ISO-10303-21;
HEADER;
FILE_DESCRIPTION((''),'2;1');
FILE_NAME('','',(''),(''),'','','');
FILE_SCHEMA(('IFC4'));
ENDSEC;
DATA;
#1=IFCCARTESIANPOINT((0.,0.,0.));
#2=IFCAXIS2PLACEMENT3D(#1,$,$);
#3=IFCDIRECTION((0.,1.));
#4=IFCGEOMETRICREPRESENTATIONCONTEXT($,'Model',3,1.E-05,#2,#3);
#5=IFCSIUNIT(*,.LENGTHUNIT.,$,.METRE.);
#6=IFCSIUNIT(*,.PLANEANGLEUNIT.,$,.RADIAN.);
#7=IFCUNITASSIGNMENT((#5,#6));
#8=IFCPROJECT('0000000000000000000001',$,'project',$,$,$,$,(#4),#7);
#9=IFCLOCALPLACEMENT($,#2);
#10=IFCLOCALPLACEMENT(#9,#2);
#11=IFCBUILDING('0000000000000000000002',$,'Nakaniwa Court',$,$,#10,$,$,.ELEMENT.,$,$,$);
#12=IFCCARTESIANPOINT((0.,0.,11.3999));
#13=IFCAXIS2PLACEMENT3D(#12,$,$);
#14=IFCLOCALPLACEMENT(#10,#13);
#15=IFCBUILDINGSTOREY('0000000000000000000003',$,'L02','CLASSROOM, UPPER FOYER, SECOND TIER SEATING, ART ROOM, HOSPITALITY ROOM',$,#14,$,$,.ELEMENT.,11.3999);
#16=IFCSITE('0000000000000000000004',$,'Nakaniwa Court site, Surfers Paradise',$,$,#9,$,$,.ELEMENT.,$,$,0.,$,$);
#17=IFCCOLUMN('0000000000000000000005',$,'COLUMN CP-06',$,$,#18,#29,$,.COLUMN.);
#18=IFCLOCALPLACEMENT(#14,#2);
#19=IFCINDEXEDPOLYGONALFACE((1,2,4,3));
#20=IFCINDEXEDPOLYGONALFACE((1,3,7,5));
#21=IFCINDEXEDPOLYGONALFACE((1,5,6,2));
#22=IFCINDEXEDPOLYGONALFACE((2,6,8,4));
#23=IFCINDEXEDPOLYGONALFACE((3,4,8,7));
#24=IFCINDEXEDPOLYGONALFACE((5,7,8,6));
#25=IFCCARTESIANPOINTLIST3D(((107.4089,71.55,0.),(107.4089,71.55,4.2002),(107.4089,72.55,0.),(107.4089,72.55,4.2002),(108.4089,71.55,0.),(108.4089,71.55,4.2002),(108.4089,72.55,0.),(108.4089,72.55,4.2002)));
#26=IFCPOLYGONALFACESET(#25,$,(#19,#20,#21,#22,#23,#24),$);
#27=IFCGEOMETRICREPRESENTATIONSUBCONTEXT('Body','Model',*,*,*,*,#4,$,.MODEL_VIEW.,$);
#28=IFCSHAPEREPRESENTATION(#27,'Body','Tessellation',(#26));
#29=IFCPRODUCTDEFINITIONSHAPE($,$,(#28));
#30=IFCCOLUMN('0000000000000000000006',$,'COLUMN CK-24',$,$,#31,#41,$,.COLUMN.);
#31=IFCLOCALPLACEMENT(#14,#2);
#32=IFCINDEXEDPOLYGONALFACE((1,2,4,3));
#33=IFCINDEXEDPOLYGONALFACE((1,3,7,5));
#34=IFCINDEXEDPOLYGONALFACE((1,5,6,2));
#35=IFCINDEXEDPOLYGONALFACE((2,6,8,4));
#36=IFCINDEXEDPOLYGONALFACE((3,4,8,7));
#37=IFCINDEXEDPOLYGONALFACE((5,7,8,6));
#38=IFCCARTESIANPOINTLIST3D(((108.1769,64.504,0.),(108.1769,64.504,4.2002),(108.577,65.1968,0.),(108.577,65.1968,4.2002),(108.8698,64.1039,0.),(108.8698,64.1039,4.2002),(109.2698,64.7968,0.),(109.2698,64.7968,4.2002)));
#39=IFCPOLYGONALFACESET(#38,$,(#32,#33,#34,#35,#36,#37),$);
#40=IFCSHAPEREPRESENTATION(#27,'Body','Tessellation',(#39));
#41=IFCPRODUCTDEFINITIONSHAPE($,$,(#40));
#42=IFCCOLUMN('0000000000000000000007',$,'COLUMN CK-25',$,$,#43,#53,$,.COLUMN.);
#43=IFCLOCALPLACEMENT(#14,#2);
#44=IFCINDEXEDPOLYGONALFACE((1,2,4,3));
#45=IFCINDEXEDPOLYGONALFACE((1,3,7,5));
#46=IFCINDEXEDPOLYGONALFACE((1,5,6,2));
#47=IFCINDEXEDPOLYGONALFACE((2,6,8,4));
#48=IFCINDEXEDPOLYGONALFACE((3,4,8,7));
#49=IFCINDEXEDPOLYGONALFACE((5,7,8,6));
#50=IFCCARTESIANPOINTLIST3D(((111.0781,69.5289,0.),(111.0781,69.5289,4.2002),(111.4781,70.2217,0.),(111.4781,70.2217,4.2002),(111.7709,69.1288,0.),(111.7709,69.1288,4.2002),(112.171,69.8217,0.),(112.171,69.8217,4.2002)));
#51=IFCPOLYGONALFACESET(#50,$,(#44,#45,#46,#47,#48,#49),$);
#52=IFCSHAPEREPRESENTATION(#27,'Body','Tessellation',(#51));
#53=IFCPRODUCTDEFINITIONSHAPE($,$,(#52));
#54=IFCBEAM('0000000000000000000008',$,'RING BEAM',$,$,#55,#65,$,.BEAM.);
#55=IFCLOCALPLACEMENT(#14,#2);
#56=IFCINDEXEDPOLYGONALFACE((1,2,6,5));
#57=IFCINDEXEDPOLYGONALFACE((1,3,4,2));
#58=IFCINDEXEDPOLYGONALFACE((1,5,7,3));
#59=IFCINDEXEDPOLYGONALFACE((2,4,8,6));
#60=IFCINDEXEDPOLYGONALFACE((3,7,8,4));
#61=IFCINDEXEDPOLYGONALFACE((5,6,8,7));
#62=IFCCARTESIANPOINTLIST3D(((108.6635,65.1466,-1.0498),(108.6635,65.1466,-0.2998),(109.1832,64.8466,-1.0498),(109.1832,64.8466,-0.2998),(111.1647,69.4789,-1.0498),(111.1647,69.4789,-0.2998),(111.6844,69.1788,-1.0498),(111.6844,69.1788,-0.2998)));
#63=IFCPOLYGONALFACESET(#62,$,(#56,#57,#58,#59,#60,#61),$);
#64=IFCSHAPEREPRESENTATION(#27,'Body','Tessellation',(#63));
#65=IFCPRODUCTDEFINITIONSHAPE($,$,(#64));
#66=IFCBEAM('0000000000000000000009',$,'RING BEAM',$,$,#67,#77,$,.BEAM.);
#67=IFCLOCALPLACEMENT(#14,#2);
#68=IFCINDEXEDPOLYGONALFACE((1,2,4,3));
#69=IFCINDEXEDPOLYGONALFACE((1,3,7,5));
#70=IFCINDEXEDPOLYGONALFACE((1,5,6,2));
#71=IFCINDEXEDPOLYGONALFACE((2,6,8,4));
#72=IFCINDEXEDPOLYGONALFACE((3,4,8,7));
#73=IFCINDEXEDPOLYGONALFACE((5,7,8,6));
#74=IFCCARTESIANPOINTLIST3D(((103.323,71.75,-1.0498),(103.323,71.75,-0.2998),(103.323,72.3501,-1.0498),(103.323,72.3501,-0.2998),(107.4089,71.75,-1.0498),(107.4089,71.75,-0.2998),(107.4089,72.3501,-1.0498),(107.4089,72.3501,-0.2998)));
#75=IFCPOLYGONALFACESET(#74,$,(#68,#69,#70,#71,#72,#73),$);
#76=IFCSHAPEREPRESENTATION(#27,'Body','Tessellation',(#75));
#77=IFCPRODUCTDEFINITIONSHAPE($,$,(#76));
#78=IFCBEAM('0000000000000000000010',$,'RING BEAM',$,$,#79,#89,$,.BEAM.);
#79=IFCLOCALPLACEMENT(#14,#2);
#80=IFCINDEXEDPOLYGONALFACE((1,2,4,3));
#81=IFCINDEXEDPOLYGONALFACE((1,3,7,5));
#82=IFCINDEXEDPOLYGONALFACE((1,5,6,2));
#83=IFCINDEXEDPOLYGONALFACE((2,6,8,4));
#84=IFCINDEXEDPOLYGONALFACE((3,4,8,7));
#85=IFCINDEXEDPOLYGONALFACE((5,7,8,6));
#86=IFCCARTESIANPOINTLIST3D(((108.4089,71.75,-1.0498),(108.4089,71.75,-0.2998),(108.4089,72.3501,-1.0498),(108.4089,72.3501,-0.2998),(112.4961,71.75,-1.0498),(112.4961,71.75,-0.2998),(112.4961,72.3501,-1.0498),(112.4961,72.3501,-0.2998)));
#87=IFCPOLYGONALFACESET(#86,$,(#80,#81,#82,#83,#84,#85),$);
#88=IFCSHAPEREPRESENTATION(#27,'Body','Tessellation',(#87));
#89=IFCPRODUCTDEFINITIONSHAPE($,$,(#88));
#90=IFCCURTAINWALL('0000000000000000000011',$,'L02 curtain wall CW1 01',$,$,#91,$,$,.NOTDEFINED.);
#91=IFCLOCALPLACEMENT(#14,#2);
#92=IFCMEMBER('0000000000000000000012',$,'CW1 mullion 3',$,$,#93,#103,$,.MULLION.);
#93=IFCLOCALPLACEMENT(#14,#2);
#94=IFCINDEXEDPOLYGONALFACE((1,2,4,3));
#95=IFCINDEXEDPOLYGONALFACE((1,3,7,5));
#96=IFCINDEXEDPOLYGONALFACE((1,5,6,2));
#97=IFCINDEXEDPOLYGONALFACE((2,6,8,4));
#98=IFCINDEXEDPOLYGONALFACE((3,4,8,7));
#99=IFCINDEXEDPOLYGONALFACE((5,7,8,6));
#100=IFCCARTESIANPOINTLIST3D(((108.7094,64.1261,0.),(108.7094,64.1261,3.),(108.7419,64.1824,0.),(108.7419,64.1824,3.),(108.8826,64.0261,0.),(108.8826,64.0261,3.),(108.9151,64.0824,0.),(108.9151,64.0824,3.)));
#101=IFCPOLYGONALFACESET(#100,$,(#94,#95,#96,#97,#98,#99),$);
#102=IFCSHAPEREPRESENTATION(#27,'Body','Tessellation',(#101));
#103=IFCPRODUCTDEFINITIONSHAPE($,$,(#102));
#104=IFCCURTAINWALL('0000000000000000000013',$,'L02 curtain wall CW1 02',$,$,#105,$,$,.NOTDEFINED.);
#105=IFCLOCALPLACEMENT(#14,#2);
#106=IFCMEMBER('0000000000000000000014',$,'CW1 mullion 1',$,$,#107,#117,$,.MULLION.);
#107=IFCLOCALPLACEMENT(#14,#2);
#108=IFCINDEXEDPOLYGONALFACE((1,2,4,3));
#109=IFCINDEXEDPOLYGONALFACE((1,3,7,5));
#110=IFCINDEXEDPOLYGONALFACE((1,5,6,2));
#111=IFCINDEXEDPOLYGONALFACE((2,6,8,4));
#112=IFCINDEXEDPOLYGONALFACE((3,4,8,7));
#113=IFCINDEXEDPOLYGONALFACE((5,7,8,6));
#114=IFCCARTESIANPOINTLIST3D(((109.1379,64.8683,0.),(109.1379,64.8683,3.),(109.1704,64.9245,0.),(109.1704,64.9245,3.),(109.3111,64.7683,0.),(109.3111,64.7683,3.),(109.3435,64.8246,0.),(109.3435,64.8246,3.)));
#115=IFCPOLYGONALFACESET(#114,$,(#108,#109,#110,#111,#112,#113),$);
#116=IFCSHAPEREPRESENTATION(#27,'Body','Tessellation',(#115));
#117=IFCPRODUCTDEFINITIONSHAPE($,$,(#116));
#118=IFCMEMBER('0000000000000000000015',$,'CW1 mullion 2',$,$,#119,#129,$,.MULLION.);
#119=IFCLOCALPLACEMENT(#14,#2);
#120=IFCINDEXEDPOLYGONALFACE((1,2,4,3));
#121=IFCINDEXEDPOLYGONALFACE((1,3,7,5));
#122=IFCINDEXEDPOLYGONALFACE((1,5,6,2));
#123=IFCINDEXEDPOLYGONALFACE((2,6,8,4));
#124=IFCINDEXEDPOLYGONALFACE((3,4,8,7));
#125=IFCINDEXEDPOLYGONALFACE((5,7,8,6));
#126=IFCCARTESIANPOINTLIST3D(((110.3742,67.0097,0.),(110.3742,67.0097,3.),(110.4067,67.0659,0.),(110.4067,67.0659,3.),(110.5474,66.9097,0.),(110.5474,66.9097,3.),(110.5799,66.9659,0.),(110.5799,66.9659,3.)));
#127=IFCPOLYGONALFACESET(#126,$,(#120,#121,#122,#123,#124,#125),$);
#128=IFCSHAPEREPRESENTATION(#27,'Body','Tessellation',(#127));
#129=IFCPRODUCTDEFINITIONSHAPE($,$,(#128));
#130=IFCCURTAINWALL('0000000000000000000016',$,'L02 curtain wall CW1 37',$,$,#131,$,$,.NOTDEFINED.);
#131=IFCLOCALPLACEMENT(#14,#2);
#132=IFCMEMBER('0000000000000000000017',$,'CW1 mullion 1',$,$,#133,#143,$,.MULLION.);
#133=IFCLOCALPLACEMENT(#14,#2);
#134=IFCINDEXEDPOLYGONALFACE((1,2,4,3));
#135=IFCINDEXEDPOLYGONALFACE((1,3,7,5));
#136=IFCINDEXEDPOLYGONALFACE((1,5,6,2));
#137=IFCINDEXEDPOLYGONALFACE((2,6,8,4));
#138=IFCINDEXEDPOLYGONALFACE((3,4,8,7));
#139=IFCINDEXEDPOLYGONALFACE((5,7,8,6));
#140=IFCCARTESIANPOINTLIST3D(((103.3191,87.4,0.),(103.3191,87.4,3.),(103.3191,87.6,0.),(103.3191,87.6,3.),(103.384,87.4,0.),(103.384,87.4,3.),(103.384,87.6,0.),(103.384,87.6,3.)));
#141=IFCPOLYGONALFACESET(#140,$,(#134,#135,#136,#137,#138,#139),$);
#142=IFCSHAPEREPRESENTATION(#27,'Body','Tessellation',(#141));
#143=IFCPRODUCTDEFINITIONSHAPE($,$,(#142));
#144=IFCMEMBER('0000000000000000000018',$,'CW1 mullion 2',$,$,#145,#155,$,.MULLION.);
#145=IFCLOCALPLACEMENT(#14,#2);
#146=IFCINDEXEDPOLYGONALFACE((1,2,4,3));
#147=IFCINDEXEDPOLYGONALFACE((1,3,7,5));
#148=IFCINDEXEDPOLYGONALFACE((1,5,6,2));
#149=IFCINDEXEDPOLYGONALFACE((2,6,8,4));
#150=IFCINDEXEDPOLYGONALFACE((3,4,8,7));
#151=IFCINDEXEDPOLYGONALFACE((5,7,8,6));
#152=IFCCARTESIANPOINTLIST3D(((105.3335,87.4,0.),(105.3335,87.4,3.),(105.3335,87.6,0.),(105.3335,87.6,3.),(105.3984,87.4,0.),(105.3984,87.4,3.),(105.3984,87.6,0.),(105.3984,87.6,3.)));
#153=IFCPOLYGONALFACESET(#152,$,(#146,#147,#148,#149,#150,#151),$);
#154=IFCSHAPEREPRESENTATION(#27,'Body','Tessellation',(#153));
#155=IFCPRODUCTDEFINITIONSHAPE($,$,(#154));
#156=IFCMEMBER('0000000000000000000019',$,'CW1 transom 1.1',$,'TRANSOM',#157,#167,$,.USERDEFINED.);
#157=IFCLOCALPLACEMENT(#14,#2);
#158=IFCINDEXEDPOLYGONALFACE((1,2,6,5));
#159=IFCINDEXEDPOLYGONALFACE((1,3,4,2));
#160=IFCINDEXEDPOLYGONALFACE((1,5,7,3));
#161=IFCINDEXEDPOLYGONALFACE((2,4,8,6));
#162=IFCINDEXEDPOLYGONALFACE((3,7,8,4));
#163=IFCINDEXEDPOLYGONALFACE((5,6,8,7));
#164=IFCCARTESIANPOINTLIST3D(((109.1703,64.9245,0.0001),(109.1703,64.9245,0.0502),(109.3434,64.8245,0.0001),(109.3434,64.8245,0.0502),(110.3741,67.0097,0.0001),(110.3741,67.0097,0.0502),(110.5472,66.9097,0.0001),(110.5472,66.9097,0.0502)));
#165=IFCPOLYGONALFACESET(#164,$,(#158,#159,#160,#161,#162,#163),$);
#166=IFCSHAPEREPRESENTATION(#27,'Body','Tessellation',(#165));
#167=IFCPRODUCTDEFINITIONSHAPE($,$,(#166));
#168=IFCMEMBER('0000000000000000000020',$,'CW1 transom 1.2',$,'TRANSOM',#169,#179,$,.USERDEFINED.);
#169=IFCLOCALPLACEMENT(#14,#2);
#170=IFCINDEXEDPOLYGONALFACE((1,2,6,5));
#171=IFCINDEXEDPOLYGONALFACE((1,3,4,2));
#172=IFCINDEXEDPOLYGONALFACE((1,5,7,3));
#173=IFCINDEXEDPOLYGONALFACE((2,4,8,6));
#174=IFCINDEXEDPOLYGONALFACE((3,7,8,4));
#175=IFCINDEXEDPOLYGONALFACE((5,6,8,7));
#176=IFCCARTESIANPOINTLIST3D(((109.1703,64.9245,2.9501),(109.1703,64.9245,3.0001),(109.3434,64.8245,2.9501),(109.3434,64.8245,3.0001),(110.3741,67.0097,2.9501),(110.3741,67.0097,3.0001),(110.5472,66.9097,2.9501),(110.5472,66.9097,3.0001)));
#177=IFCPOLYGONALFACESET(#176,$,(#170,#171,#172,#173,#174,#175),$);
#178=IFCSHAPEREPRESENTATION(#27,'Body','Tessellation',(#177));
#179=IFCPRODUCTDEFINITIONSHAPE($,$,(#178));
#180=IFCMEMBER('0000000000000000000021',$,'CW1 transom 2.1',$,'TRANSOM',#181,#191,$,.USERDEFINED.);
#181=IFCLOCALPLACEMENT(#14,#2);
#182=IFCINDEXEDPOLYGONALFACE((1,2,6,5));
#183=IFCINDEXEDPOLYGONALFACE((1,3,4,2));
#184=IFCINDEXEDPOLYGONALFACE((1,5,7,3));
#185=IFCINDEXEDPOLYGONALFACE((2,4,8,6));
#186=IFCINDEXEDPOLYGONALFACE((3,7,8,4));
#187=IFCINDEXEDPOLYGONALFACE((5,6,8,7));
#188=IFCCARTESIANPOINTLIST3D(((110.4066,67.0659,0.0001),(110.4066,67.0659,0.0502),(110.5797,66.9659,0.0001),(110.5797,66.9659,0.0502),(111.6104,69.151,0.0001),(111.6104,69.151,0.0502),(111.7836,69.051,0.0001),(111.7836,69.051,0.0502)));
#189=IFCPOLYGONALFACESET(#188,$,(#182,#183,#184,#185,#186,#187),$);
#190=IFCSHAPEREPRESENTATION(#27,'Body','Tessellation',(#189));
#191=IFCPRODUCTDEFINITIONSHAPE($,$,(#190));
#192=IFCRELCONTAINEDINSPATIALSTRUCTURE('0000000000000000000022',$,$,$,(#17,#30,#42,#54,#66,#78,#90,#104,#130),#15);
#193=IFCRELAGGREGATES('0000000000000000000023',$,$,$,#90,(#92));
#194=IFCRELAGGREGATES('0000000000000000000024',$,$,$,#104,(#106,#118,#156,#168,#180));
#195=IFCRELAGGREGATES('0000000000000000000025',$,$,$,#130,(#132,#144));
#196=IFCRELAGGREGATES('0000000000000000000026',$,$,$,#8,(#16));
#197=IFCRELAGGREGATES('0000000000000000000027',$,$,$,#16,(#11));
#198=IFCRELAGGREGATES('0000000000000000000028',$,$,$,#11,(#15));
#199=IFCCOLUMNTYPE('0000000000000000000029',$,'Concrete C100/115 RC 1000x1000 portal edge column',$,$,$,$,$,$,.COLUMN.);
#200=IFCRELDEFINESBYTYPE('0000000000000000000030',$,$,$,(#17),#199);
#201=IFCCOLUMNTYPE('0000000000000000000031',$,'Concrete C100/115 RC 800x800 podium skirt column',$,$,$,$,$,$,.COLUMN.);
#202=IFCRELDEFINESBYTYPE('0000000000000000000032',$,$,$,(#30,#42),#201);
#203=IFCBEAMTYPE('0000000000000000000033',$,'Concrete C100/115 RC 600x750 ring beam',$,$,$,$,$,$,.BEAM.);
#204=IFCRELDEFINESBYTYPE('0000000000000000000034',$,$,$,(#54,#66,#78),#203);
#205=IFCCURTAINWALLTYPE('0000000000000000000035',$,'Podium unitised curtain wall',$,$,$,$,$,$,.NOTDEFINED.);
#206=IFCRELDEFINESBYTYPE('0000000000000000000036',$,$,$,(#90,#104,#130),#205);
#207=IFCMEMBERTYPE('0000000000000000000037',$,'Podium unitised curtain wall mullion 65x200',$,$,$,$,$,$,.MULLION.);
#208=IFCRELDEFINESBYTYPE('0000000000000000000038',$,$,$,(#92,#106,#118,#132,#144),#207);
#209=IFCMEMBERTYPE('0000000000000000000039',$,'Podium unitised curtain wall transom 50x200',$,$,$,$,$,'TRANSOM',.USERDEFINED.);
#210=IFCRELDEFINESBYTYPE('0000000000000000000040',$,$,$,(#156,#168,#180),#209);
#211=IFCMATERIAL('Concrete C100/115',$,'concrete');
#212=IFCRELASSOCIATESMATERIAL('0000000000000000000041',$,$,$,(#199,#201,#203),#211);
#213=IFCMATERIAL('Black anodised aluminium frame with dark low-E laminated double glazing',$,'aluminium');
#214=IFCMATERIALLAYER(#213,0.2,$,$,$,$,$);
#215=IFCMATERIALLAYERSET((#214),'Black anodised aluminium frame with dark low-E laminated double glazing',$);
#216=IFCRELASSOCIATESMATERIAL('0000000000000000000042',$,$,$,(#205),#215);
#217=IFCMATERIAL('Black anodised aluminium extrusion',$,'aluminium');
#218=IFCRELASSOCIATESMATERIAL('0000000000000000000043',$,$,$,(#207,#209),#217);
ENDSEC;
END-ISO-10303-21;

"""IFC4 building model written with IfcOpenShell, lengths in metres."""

from ifc_helpers import new_model, si_unit, direction, frame, origin, origin_2d, place, context, subcontext, project, spatial, rectangle, extrude, material, layer, layer_set, material_profile, profile_set, type_object, element, aggregate, save


model = new_model("IFC4")

# Units and contexts
model_context = context("Model", 3, precision=1e-05, world=origin(), true_north=direction((0.0, 1.0)))
body_context = subcontext(model_context, "Body", "Model", "MODEL_VIEW")
ifc_project = project(units=[si_unit("LENGTHUNIT", "METRE"), si_unit("PLANEANGLEUNIT", "RADIAN")], contexts=[model_context])

# Site, building, storey
site_placement = place(None, origin())
site = spatial("IfcSite", under=ifc_project, at=site_placement, Name="Nakaniwa Court site, Surfers Paradise", CompositionType="ELEMENT", RefElevation=0.0)
building_placement = place(site_placement, origin())
building = spatial("IfcBuilding", under=site, at=building_placement, Name="Nakaniwa Court", CompositionType="ELEMENT")
storey_placement = place(building_placement, frame((0.0, 0.0, 11.3999)))
storey = spatial("IfcBuildingStorey", under=building, at=storey_placement, Name="L02", Description="CLASSROOM, UPPER FOYER, SECOND TIER SEATING, ART ROOM, HOSPITALITY ROOM", CompositionType="ELEMENT", Elevation=11.3999)

# Columns
ifc_material_1 = material(Name="Concrete C100/115", Category="concrete")
ifc_material_profile_1 = material_profile(ifc_material_1, rectangle(XDim=1.0, YDim=1.0, at=origin_2d()), Name="Concrete C100/115 RC 1000x1000 portal edge column")
ifc_profile_set_1 = profile_set([ifc_material_profile_1], Name="Concrete C100/115")
column_type_1 = type_object("IfcColumnType", Name="Concrete C100/115 RC 1000x1000 portal edge column", PredefinedType="COLUMN", material=ifc_profile_set_1)
column_placement = place(storey_placement, frame((107.9089, 72.05, 0.0), z_axis=(0.0, 0.0, 1.0), x_axis=(1.0, 0.0, 0.0)))
element("IfcColumn", 1, at=column_placement, inside=storey, type_object=column_type_1, Name="COLUMN CP-06", PredefinedType="COLUMN", context=body_context, shape_type="SweptSolid", body=[
    extrude(rectangle(XDim=1.0, YDim=1.0, at=origin_2d()), origin(), (0.0, 0.0, 1.0), 4.2002),
])
ifc_material_profile_2 = material_profile(ifc_material_1, rectangle(XDim=0.8, YDim=0.8, at=origin_2d()), Name="Concrete C100/115 RC 800x800 podium skirt column")
ifc_profile_set_2 = profile_set([ifc_material_profile_2], Name="Concrete C100/115")
column_type_2 = type_object("IfcColumnType", Name="Concrete C100/115 RC 800x800 podium skirt column", PredefinedType="COLUMN", material=ifc_profile_set_2)
for number, where, z_axis, x_axis, name in (
    (2, (108.7234, 64.6504, 0.0), (0.0, 0.0, 1.0), (0.5, 0.866025, 0.0), "COLUMN CK-24"),
    (3, (111.6245, 69.6753, 0.0), (0.0, 0.0, 1.0), (0.5, 0.866025, 0.0), "COLUMN CK-25"),
):
    element("IfcColumn", number, at=place(storey_placement, frame(where, z_axis=z_axis, x_axis=x_axis)), inside=storey, type_object=column_type_2, Name=name, PredefinedType="COLUMN", context=body_context, shape_type="SweptSolid", body=[
        extrude(rectangle(XDim=0.8, YDim=0.8, at=origin_2d()), origin(), (0.0, 0.0, 1.0), 4.2002),
    ])

# Beams
ifc_material_profile_3 = material_profile(ifc_material_1, rectangle(XDim=0.6001, YDim=0.75, at=origin_2d()), Name="Concrete C100/115 RC 600x750 ring beam")
ifc_profile_set_3 = profile_set([ifc_material_profile_3], Name="Concrete C100/115")
beam_type = type_object("IfcBeamType", Name="Concrete C100/115 RC 600x750 ring beam", PredefinedType="BEAM", material=ifc_profile_set_3)
beam_1_placement = place(storey_placement, frame((108.9233, 64.9966, -0.6748), z_axis=(0.499997, 0.866027, 0.0), x_axis=(-0.866027, 0.499997, 0.0)))
element("IfcBeam", 4, at=beam_1_placement, inside=storey, type_object=beam_type, Name="RING BEAM", PredefinedType="BEAM", context=body_context, shape_type="SweptSolid", body=[
    extrude(rectangle(XDim=0.6001, YDim=0.75, at=origin_2d()), origin(), (0.0, 0.0, 1.0), 5.0024),
])
beam_2_placement = place(storey_placement, frame((103.323, 72.05, -0.6748), z_axis=(1.0, 0.0, 0.0), x_axis=(0.0, 1.0, 0.0)))
element("IfcBeam", 5, at=beam_2_placement, inside=storey, type_object=beam_type, Name="RING BEAM", PredefinedType="BEAM", context=body_context, shape_type="SweptSolid", body=[
    extrude(rectangle(XDim=0.6001, YDim=0.75, at=origin_2d()), origin(), (0.0, 0.0, 1.0), 4.0859),
])
beam_3_placement = place(storey_placement, frame((108.4089, 72.05, -0.6748), z_axis=(1.0, 0.0, 0.0), x_axis=(0.0, 1.0, 0.0)))
element("IfcBeam", 6, at=beam_3_placement, inside=storey, type_object=beam_type, Name="RING BEAM", PredefinedType="BEAM", context=body_context, shape_type="SweptSolid", body=[
    extrude(rectangle(XDim=0.6001, YDim=0.75, at=origin_2d()), origin(), (0.0, 0.0, 1.0), 4.0872),
])

# Curtain wall, member
ifc_material_2 = material(Name="Black anodised aluminium frame with dark low-E laminated double glazing", Category="aluminium")
ifc_layer_1 = layer(ifc_material_2, 0.2)
ifc_layer_set_1 = layer_set([ifc_layer_1], Name="Black anodised aluminium frame with dark low-E laminated double glazing")
curtain_wall_type = type_object("IfcCurtainWallType", Name="Podium unitised curtain wall", PredefinedType="NOTDEFINED", material=ifc_layer_set_1)
curtain_wall_1_placement = place(storey_placement, origin())
curtain_wall_1 = element("IfcCurtainWall", 7, at=curtain_wall_1_placement, inside=storey, type_object=curtain_wall_type, Name="L02 curtain wall CW1 01", PredefinedType="NOTDEFINED")
ifc_material_3 = material(Name="Black anodised aluminium extrusion", Category="aluminium")
ifc_material_profile_4 = material_profile(ifc_material_3, rectangle(XDim=0.2, YDim=0.0649, at=origin_2d()), Name="Podium unitised curtain wall mullion 65x200")
ifc_profile_set_4 = profile_set([ifc_material_profile_4], Name="Black anodised aluminium extrusion")
member_type_1 = type_object("IfcMemberType", Name="Podium unitised curtain wall mullion 65x200", PredefinedType="MULLION", material=ifc_profile_set_4)
member_1_placement = place(storey_placement, frame((108.8123, 64.1042, 0.0), z_axis=(0.0, 0.0, 1.0), x_axis=(-0.866032, 0.499988, 0.0)))
member_1 = element("IfcMember", 8, at=member_1_placement, type_object=member_type_1, Name="CW1 mullion 3", PredefinedType="MULLION", context=body_context, shape_type="SweptSolid", body=[
    extrude(rectangle(XDim=0.2, YDim=0.0649, at=origin_2d()), origin(), (0.0, 0.0, 1.0), 3.0),
])
aggregate(curtain_wall_1, [member_1])

# Curtain walls, members
curtain_wall_2_placement = place(storey_placement, origin())
curtain_wall_2 = element("IfcCurtainWall", 9, at=curtain_wall_2_placement, inside=storey, type_object=curtain_wall_type, Name="L02 curtain wall CW1 02", PredefinedType="NOTDEFINED")
member_2_placement = place(storey_placement, frame((109.2407, 64.8464, 0.0), z_axis=(0.0, 0.0, 1.0), x_axis=(-0.866024, 0.500003, 0.0)))
member_2 = element("IfcMember", 10, at=member_2_placement, type_object=member_type_1, Name="CW1 mullion 1", PredefinedType="MULLION", context=body_context, shape_type="SweptSolid", body=[
    extrude(rectangle(XDim=0.2, YDim=0.0649, at=origin_2d()), origin(), (0.0, 0.0, 1.0), 3.0),
])
member_3_placement = place(storey_placement, frame((110.4771, 66.9878, 0.0), z_axis=(0.0, 0.0, 1.0), x_axis=(-0.866024, 0.500003, 0.0)))
member_3 = element("IfcMember", 11, at=member_3_placement, type_object=member_type_1, Name="CW1 mullion 2", PredefinedType="MULLION", context=body_context, shape_type="SweptSolid", body=[
    extrude(rectangle(XDim=0.2, YDim=0.0649, at=origin_2d()), origin(), (0.0, 0.0, 1.0), 3.0),
])
curtain_wall_3_placement = place(storey_placement, origin())
curtain_wall_3 = element("IfcCurtainWall", 12, at=curtain_wall_3_placement, inside=storey, type_object=curtain_wall_type, Name="L02 curtain wall CW1 37", PredefinedType="NOTDEFINED")
member_4_placement = place(storey_placement, frame((103.3516, 87.5, 0.0), z_axis=(0.0, 0.0, 1.0), x_axis=(0.0, 1.0, 0.0)))
member_4 = element("IfcMember", 13, at=member_4_placement, type_object=member_type_1, Name="CW1 mullion 1", PredefinedType="MULLION", context=body_context, shape_type="SweptSolid", body=[
    extrude(rectangle(XDim=0.2, YDim=0.0649, at=origin_2d()), origin(), (0.0, 0.0, 1.0), 3.0),
])
member_5_placement = place(storey_placement, frame((105.366, 87.5, 0.0), z_axis=(0.0, 0.0, 1.0), x_axis=(0.0, 1.0, 0.0)))
member_5 = element("IfcMember", 14, at=member_5_placement, type_object=member_type_1, Name="CW1 mullion 2", PredefinedType="MULLION", context=body_context, shape_type="SweptSolid", body=[
    extrude(rectangle(XDim=0.2, YDim=0.0649, at=origin_2d()), origin(), (0.0, 0.0, 1.0), 3.0),
])

# Members
ifc_material_profile_5 = material_profile(ifc_material_3, rectangle(XDim=0.2, YDim=0.05, at=origin_2d()), Name="Podium unitised curtain wall transom 50x200")
ifc_profile_set_5 = profile_set([ifc_material_profile_5], Name="Black anodised aluminium extrusion")
member_type_2 = type_object("IfcMemberType", Name="Podium unitised curtain wall transom 50x200", ElementType="TRANSOM", PredefinedType="USERDEFINED", material=ifc_profile_set_5)
member_6_placement = place(storey_placement, frame((109.2568, 64.8745, 0.0251), z_axis=(0.499989, 0.866032, 0.0), x_axis=(-0.866032, 0.499989, 0.0)))
member_6 = element("IfcMember", 15, at=member_6_placement, type_object=member_type_2, Name="CW1 transom 1.1", ObjectType="TRANSOM", PredefinedType="USERDEFINED", context=body_context, shape_type="SweptSolid", body=[
    extrude(rectangle(XDim=0.2, YDim=0.05, at=origin_2d()), origin(), (0.0, 0.0, 1.0), 2.4077),
])
member_7_placement = place(storey_placement, frame((109.2568, 64.8745, 2.9751), z_axis=(0.499989, 0.866032, 0.0), x_axis=(-0.866032, 0.499989, 0.0)))
member_7 = element("IfcMember", 16, at=member_7_placement, type_object=member_type_2, Name="CW1 transom 1.2", ObjectType="TRANSOM", PredefinedType="USERDEFINED", context=body_context, shape_type="SweptSolid", body=[
    extrude(rectangle(XDim=0.2, YDim=0.05, at=origin_2d()), origin(), (0.0, 0.0, 1.0), 2.4077),
])
member_8_placement = place(storey_placement, frame((110.4932, 67.0159, 0.0251), z_axis=(0.499989, 0.866032, 0.0), x_axis=(-0.866032, 0.499989, 0.0)))
member_8 = element("IfcMember", 17, at=member_8_placement, type_object=member_type_2, Name="CW1 transom 2.1", ObjectType="TRANSOM", PredefinedType="USERDEFINED", context=body_context, shape_type="SweptSolid", body=[
    extrude(rectangle(XDim=0.2, YDim=0.05, at=origin_2d()), origin(), (0.0, 0.0, 1.0), 2.4077),
])

aggregate(curtain_wall_2, [member_2, member_3, member_6, member_7, member_8])
aggregate(curtain_wall_3, [member_4, member_5])

save(model, "model.ifc")
